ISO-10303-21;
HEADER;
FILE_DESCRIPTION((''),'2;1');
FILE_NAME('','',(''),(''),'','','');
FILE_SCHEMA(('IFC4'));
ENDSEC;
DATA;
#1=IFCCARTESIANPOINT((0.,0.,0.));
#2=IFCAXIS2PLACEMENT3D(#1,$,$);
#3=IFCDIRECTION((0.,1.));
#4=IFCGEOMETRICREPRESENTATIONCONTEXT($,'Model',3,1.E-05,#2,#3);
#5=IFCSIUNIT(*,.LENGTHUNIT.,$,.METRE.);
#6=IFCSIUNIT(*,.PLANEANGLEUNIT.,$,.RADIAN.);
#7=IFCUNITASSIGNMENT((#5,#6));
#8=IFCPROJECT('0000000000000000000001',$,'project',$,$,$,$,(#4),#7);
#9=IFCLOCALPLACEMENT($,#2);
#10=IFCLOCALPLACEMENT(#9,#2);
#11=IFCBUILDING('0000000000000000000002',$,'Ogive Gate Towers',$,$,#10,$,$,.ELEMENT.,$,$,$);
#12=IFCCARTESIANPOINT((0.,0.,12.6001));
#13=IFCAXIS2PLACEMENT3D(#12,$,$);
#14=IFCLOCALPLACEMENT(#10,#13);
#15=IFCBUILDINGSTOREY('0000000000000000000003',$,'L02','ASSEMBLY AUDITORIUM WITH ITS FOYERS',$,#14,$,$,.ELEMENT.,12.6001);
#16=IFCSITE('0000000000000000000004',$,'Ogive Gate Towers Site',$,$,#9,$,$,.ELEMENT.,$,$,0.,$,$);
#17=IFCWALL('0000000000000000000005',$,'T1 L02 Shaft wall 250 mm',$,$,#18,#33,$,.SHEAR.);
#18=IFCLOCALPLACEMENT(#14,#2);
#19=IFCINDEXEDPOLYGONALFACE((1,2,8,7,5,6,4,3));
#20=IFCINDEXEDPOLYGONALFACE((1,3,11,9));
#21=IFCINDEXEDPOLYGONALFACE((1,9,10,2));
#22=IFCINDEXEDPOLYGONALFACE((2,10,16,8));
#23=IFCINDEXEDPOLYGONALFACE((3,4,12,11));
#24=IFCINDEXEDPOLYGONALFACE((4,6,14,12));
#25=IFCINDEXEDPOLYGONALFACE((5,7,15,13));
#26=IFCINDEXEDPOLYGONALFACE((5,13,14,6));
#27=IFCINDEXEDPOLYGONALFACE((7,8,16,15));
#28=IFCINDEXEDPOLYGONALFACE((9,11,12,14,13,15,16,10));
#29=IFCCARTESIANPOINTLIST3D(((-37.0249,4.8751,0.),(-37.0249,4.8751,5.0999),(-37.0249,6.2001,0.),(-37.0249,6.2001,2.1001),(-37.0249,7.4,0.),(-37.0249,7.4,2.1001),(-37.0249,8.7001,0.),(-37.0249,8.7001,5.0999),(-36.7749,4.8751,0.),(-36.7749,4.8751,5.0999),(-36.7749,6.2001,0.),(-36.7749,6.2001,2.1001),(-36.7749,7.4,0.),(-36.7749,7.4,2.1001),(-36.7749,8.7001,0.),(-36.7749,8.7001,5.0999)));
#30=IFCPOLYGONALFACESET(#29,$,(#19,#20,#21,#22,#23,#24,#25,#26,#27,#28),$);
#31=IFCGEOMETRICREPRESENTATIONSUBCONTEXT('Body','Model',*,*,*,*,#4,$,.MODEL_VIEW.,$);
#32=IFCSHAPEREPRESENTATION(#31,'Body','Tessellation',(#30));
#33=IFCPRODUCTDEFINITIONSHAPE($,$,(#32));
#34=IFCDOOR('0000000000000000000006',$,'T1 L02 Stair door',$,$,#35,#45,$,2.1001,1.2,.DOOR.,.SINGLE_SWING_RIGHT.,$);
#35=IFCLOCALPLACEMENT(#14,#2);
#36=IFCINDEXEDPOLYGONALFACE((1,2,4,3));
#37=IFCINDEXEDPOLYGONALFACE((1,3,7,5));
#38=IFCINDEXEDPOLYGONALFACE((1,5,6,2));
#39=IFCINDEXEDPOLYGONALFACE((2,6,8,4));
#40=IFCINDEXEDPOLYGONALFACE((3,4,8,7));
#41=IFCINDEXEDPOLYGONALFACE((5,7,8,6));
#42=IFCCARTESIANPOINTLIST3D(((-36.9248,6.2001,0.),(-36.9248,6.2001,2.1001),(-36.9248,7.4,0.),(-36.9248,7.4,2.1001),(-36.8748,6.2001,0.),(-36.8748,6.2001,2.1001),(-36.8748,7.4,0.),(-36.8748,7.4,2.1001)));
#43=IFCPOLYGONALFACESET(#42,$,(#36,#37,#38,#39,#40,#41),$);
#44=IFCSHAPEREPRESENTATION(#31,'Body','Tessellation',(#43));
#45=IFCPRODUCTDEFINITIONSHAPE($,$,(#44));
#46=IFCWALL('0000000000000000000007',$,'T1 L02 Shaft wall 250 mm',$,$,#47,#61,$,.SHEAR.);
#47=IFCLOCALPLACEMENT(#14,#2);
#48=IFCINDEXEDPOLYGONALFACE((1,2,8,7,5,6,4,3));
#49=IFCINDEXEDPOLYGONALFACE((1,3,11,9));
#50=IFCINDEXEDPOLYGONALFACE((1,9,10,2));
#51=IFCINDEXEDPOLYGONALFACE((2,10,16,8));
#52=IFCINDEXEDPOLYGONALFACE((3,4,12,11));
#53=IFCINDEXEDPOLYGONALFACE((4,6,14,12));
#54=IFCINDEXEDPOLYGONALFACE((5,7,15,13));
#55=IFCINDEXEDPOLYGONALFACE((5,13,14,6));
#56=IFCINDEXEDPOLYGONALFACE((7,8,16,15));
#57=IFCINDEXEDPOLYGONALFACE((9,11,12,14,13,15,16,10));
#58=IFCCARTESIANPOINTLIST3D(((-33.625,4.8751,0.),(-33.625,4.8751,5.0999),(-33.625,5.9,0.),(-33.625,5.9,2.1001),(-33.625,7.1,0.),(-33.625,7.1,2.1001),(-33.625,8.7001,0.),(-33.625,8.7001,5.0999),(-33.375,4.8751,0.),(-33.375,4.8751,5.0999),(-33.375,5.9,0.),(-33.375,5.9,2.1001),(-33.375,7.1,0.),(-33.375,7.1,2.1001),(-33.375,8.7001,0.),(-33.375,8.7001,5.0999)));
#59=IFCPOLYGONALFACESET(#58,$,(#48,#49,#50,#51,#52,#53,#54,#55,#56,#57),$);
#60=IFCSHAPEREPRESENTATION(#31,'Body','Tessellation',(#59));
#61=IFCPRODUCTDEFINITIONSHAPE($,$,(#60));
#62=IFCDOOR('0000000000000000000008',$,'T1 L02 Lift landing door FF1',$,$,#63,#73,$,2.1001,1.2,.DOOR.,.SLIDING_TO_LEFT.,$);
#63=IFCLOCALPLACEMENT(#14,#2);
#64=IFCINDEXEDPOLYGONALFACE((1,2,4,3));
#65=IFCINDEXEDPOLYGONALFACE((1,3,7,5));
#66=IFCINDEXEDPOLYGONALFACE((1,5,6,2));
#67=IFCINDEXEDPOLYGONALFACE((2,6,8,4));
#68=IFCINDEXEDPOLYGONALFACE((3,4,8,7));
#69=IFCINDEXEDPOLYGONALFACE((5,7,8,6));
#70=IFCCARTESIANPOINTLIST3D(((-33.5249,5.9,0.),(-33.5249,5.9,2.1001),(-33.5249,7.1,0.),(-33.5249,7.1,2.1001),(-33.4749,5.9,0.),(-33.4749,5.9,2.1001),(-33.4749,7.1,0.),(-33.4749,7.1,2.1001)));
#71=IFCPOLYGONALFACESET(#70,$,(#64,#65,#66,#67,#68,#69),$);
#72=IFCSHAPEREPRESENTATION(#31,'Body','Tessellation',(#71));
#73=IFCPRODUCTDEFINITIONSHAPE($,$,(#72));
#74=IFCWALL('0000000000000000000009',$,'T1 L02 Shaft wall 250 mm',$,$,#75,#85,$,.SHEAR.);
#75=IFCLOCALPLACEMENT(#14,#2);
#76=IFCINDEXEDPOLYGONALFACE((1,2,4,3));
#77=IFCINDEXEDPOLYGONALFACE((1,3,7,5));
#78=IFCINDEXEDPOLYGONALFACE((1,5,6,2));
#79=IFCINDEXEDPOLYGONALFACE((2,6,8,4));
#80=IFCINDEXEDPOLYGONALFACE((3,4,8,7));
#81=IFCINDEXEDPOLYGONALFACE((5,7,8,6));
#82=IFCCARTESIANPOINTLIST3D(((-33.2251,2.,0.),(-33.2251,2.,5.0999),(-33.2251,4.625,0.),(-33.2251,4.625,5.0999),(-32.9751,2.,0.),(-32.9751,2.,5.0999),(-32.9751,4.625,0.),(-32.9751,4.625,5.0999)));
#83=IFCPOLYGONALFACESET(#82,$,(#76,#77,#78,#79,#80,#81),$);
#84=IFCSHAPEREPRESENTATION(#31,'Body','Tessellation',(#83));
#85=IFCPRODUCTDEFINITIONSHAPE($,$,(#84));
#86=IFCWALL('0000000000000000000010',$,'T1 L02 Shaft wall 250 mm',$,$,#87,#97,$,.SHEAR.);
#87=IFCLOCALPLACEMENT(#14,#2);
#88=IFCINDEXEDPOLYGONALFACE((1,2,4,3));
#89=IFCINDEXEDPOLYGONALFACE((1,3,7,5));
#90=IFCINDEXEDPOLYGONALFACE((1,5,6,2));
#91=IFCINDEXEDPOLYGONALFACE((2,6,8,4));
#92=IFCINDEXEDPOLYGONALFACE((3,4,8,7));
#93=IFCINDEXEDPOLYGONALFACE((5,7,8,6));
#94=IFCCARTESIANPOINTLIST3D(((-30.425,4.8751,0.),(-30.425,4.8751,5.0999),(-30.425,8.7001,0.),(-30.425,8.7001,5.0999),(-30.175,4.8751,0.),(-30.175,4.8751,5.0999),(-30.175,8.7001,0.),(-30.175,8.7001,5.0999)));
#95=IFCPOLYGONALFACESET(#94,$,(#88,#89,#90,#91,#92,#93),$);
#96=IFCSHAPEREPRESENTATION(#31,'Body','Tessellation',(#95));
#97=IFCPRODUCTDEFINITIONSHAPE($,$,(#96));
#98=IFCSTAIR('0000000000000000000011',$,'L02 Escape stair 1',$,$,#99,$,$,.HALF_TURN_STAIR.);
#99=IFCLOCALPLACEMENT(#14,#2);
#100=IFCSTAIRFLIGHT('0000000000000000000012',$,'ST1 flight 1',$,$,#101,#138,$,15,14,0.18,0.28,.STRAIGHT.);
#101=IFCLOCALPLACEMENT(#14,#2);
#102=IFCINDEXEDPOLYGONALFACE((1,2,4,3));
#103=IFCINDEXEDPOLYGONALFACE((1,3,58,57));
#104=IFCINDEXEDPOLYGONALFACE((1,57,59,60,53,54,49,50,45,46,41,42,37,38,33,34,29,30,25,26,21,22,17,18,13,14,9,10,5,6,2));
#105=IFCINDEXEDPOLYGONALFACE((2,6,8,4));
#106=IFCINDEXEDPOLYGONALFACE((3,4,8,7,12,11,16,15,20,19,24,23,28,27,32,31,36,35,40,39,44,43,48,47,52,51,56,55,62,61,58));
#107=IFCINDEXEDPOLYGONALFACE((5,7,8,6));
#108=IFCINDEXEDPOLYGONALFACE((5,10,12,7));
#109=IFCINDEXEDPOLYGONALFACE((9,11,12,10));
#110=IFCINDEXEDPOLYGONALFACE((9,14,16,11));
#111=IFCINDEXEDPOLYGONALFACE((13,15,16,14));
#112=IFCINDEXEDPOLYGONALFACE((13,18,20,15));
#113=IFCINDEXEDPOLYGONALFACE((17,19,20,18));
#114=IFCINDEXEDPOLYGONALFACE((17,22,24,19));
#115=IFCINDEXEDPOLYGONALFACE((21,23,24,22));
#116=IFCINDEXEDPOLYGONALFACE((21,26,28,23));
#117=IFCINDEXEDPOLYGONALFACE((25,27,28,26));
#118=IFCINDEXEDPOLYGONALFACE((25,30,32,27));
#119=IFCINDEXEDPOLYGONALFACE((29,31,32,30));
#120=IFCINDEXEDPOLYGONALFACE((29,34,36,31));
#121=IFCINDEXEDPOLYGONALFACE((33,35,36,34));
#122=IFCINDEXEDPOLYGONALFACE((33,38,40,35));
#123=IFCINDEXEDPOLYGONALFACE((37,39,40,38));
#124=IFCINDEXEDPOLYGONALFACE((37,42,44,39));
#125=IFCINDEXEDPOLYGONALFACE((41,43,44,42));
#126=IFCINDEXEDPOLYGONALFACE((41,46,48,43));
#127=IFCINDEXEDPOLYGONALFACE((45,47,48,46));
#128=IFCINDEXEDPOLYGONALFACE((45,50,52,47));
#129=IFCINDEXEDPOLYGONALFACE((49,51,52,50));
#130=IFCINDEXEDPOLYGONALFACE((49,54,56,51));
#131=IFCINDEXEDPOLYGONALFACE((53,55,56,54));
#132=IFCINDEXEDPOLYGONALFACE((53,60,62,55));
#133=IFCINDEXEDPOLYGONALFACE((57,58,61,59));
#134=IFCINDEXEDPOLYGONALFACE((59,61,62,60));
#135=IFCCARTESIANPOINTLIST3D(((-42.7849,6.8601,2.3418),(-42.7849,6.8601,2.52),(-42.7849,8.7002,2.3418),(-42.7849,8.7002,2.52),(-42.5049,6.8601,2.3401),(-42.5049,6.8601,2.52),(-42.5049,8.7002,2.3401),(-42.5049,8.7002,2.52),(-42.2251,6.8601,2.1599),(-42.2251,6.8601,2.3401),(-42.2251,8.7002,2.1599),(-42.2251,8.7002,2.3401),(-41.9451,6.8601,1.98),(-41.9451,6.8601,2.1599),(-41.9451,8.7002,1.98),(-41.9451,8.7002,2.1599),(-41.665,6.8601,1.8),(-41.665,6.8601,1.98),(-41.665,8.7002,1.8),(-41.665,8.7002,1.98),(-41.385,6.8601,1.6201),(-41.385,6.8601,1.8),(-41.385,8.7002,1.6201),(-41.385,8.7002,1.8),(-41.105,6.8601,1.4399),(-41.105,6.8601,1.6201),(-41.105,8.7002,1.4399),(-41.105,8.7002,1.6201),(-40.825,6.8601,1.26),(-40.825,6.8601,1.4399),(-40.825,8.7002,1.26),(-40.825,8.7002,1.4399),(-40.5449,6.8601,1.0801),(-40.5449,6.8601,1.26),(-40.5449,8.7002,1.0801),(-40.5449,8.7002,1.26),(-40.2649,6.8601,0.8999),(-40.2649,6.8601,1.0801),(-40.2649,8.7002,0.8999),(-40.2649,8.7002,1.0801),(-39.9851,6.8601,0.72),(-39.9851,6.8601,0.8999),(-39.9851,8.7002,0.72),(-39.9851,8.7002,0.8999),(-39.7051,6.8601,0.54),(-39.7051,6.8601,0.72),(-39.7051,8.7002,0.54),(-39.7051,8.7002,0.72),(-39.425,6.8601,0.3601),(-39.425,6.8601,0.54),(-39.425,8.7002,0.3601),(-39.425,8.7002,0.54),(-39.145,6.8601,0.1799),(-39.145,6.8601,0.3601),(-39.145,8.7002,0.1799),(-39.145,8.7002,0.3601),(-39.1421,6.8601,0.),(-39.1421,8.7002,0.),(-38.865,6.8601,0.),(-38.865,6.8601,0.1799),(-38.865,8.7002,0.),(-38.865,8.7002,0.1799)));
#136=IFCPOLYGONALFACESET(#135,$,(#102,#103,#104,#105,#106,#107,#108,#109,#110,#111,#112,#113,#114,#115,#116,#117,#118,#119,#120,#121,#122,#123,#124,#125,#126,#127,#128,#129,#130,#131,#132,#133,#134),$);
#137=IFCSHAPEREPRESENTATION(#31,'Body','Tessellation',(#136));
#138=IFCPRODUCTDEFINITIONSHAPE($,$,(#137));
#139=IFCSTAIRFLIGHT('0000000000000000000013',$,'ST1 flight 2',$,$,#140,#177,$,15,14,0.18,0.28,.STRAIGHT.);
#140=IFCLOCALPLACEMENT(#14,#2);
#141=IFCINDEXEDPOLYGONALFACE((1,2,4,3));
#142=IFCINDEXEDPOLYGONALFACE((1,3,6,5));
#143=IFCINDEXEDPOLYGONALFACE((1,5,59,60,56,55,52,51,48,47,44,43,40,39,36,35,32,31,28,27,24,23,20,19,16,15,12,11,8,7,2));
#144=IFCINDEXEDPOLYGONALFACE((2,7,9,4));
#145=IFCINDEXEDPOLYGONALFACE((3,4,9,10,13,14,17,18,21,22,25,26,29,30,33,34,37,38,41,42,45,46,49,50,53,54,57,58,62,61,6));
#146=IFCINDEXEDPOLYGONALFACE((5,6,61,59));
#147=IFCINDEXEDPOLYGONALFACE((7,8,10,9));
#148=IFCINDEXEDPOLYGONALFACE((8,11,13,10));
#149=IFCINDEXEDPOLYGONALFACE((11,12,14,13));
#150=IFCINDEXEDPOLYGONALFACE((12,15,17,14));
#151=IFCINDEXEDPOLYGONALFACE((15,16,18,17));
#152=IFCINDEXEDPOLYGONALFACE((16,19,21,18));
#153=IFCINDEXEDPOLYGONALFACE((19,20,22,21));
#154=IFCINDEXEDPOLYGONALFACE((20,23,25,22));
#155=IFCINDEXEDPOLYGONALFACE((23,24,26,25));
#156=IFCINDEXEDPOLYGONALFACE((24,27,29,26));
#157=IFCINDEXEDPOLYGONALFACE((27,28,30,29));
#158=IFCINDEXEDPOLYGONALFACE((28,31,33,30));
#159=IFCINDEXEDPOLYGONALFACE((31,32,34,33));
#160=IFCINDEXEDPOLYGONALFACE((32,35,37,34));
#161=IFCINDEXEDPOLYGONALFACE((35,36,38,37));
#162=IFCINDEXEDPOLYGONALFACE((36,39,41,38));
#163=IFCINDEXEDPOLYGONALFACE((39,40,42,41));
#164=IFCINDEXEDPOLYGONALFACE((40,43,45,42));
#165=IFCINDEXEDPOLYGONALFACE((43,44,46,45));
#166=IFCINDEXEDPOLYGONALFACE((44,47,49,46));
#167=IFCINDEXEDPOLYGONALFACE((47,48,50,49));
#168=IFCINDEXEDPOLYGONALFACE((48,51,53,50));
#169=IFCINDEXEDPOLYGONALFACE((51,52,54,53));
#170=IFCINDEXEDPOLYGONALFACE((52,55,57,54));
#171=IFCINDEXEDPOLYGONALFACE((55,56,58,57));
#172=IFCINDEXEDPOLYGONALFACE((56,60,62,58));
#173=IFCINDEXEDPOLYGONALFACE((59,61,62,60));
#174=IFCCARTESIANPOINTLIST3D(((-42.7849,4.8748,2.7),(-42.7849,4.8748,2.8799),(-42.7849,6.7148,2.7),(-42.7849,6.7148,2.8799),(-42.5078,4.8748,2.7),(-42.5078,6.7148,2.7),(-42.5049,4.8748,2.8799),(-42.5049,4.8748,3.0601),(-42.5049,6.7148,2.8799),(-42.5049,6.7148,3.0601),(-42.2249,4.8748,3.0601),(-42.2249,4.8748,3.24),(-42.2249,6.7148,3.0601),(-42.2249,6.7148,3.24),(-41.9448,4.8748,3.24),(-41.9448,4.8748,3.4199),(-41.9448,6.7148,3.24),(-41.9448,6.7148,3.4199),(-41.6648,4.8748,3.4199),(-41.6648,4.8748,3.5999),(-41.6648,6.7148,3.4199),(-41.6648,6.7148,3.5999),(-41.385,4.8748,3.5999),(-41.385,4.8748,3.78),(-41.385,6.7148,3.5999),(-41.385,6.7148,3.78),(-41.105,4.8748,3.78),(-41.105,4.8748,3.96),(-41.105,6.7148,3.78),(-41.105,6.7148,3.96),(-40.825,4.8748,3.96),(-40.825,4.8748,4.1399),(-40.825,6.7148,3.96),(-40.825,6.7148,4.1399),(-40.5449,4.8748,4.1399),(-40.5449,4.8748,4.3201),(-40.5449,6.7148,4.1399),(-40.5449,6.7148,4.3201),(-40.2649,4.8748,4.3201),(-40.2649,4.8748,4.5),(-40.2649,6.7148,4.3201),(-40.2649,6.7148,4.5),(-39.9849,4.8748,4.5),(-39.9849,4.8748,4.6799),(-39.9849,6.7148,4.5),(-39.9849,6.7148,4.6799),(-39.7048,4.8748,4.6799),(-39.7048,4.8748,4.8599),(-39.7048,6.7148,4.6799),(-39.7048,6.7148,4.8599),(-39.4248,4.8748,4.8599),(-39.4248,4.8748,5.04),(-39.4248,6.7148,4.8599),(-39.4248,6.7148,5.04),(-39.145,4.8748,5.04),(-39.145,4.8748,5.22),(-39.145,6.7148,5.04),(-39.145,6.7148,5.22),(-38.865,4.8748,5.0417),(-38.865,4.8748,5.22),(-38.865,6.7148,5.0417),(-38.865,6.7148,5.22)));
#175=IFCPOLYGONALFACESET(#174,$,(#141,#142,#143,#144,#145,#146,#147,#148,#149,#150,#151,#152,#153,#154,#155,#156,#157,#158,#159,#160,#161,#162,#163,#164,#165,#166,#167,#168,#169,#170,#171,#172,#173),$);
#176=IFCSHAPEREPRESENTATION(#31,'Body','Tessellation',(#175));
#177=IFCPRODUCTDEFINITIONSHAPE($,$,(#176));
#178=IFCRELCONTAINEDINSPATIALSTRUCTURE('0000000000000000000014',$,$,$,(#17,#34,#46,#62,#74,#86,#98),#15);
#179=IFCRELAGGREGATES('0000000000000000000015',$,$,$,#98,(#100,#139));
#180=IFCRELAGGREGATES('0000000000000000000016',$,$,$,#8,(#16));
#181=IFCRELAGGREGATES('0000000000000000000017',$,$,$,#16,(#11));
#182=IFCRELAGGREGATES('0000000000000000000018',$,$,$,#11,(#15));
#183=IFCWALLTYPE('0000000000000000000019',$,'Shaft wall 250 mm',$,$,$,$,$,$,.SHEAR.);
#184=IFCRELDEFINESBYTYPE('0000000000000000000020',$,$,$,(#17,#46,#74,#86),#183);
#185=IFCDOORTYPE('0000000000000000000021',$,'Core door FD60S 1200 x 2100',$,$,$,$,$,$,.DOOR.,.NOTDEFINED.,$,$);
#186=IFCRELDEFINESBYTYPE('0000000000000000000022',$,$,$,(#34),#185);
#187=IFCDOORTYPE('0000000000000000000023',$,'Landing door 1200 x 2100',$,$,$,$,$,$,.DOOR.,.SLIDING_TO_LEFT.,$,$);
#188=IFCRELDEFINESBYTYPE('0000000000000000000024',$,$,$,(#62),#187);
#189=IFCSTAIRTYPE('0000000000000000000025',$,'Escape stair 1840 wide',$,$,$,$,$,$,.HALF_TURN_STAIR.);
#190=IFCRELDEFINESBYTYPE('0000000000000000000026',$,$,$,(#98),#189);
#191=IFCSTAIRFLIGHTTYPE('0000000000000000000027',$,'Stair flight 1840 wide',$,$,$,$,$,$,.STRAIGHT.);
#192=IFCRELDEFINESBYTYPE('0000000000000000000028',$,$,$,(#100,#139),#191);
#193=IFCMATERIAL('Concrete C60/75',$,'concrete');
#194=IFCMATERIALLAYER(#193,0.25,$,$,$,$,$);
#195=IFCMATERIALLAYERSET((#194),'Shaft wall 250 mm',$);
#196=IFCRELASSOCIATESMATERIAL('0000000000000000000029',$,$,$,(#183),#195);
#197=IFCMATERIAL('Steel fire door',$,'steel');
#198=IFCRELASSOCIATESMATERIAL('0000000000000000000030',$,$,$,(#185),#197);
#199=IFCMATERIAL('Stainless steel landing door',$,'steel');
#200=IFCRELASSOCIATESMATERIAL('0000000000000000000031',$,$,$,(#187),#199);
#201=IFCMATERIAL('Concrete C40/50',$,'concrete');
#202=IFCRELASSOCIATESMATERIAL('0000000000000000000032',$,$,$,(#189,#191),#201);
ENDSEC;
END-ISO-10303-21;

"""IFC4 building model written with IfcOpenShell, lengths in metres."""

from ifc_helpers import new_model, si_unit, direction, frame, frame_2d, origin, place, context, subcontext, project, spatial, polyline, rectangle, outline, extrude, material, layer, layer_set, type_object, element, fill, aggregate, save


model = new_model("IFC4")

# Units and contexts
model_context = context("Model", 3, precision=1e-05, world=origin(), true_north=direction((0.0, 1.0)))
body_context = subcontext(model_context, "Body", "Model", "MODEL_VIEW")
ifc_project = project(units=[si_unit("LENGTHUNIT", "METRE"), si_unit("PLANEANGLEUNIT", "RADIAN")], contexts=[model_context])

# Site, building, storey
site_placement = place(None, origin())
site = spatial("IfcSite", under=ifc_project, at=site_placement, Name="Ogive Gate Towers Site", CompositionType="ELEMENT", RefElevation=0.0)
building_placement = place(site_placement, origin())
building = spatial("IfcBuilding", under=site, at=building_placement, Name="Ogive Gate Towers", CompositionType="ELEMENT")
storey_placement = place(building_placement, frame((0.0, 0.0, 12.6001)))
storey = spatial("IfcBuildingStorey", under=building, at=storey_placement, Name="L02", Description="ASSEMBLY AUDITORIUM WITH ITS FOYERS", CompositionType="ELEMENT", Elevation=12.6001)

# Shared definitions
ifc_material_1 = material(Name="Concrete C40/50", Category="concrete")

# Shared definitions
ifc_material_2 = material(Name="Concrete C60/75", Category="concrete")
ifc_layer_1 = layer(ifc_material_2, 0.25)
ifc_layer_set_1 = layer_set([ifc_layer_1], Name="Shaft wall 250 mm")
wall_type_1 = type_object("IfcWallType", Name="Shaft wall 250 mm", PredefinedType="SHEAR", material=ifc_layer_set_1)

# Walls, openings, doors
wall_1_placement = place(storey_placement, frame((-36.8999, 4.875, 0.0), z_axis=(0.0, 0.0, 1.0), x_axis=(0.0, 1.0, 0.0)))
wall_1 = element("IfcWall", 1, at=wall_1_placement, inside=storey, type_object=wall_type_1, Name="T1 L02 Shaft wall 250 mm", PredefinedType="SHEAR", context=body_context, shape_type="SweptSolid", body=[
    extrude(rectangle(XDim=3.825, YDim=0.25, at=frame_2d((1.9126, 0.0))), origin(), (0.0, 0.0, 1.0), 5.0999),
])
opening_1_placement = place(wall_1_placement, frame((1.325, 0.0, 0.0)))
opening_1 = element("IfcOpeningElement", 2, at=opening_1_placement, cuts=wall_1, PredefinedType="OPENING", context=body_context, shape_type="SweptSolid", body=[
    extrude(rectangle(XDim=1.2, YDim=2.1001, at=frame_2d((0.6001, 1.05))), frame((0.0, 0.135, 0.0), z_axis=(0.0, -1.0, 0.0), x_axis=(1.0, 0.0, 0.0)), (0.0, 0.0, 1.0), 0.27),
])
ifc_material_3 = material(Name="Steel fire door", Category="steel")
door_type_1 = type_object("IfcDoorType", Name="Core door FD60S 1200 x 2100", OperationType="NOTDEFINED", PredefinedType="DOOR", material=ifc_material_3)
door_1_placement = place(opening_1_placement, origin())
door_1 = element("IfcDoor", 3, at=door_1_placement, inside=storey, type_object=door_type_1, Name="T1 L02 Stair door", OperationType="SINGLE_SWING_RIGHT", OverallHeight=2.1001, OverallWidth=1.2, PredefinedType="DOOR", context=body_context, shape_type="SweptSolid", body=[
    extrude(rectangle(XDim=1.2, YDim=2.1001, at=frame_2d((0.6001, 1.05))), frame((0.0, 0.0249, 0.0), z_axis=(0.0, -1.0, 0.0), x_axis=(1.0, 0.0, 0.0)), (0.0, 0.0, 1.0), 0.05),
])
fill(opening_1, door_1)
wall_2_placement = place(storey_placement, frame((-33.5, 4.875, 0.0), z_axis=(0.0, 0.0, 1.0), x_axis=(0.0, 1.0, 0.0)))
wall_2 = element("IfcWall", 4, at=wall_2_placement, inside=storey, type_object=wall_type_1, Name="T1 L02 Shaft wall 250 mm", PredefinedType="SHEAR", context=body_context, shape_type="SweptSolid", body=[
    extrude(rectangle(XDim=3.825, YDim=0.25, at=frame_2d((1.9126, 0.0))), origin(), (0.0, 0.0, 1.0), 5.0999),
])
opening_2_placement = place(wall_2_placement, frame((1.0249, 0.0, 0.0)))
opening_2 = element("IfcOpeningElement", 5, at=opening_2_placement, cuts=wall_2, PredefinedType="OPENING", context=body_context, shape_type="SweptSolid", body=[
    extrude(rectangle(XDim=1.2, YDim=2.1001, at=frame_2d((0.6001, 1.05))), frame((0.0, 0.135, 0.0), z_axis=(0.0, -1.0, 0.0), x_axis=(1.0, 0.0, 0.0)), (0.0, 0.0, 1.0), 0.27),
])
ifc_material_4 = material(Name="Stainless steel landing door", Category="steel")
door_type_2 = type_object("IfcDoorType", Name="Landing door 1200 x 2100", OperationType="SLIDING_TO_LEFT", PredefinedType="DOOR", material=ifc_material_4)
door_2_placement = place(opening_2_placement, origin())
door_2 = element("IfcDoor", 6, at=door_2_placement, inside=storey, type_object=door_type_2, Name="T1 L02 Lift landing door FF1", OperationType="SLIDING_TO_LEFT", OverallHeight=2.1001, OverallWidth=1.2, PredefinedType="DOOR", context=body_context, shape_type="SweptSolid", body=[
    extrude(rectangle(XDim=1.2, YDim=2.1001, at=frame_2d((0.6001, 1.05))), frame((0.0, 0.0249, 0.0), z_axis=(0.0, -1.0, 0.0), x_axis=(1.0, 0.0, 0.0)), (0.0, 0.0, 1.0), 0.05),
])
fill(opening_2, door_2)

# Walls
wall_3_placement = place(storey_placement, frame((-33.1001, 2.0, 0.0), z_axis=(0.0, 0.0, 1.0), x_axis=(0.0, 1.0, 0.0)))
element("IfcWall", 7, at=wall_3_placement, inside=storey, type_object=wall_type_1, Name="T1 L02 Shaft wall 250 mm", PredefinedType="SHEAR", context=body_context, shape_type="SweptSolid", body=[
    extrude(rectangle(XDim=2.625, YDim=0.25, at=frame_2d((1.3125, 0.0))), origin(), (0.0, 0.0, 1.0), 5.0999),
])
wall_4_placement = place(storey_placement, frame((-30.3, 4.875, 0.0), z_axis=(0.0, 0.0, 1.0), x_axis=(0.0, 1.0, 0.0)))
element("IfcWall", 8, at=wall_4_placement, inside=storey, type_object=wall_type_1, Name="T1 L02 Shaft wall 250 mm", PredefinedType="SHEAR", context=body_context, shape_type="SweptSolid", body=[
    extrude(rectangle(XDim=3.825, YDim=0.25, at=frame_2d((1.9126, 0.0))), origin(), (0.0, 0.0, 1.0), 5.0999),
])

# Stair, stair flights
stair_type = type_object("IfcStairType", Name="Escape stair 1840 wide", PredefinedType="HALF_TURN_STAIR", material=ifc_material_1)
stair_placement = place(storey_placement, origin())
stair = element("IfcStair", 9, at=stair_placement, inside=storey, type_object=stair_type, Name="L02 Escape stair 1", PredefinedType="HALF_TURN_STAIR")
stair_flight_type = type_object("IfcStairFlightType", Name="Stair flight 1840 wide", PredefinedType="STRAIGHT", material=ifc_material_1)
stair_flight_1_placement = place(storey_placement, frame((-38.865, 7.78, 0.0), z_axis=(0.0, 0.0, 1.0), x_axis=(-1.0, 0.0, 0.0)))
stair_flight_1 = element("IfcStairFlight", 10, at=stair_flight_1_placement, type_object=stair_flight_type, Name="ST1 flight 1", NumberOfRisers=15, NumberOfTreads=14, PredefinedType="STRAIGHT", RiserHeight=0.18, TreadLength=0.28, context=body_context, shape_type="SweptSolid", body=[
    extrude(outline(polyline([(0.0, 0.0), (0.0, 0.1799), (0.28, 0.1799), (0.28, 0.3601), (0.5601, 0.3601), (0.5601, 0.54), (0.8401, 0.54), (0.8401, 0.72), (1.1201, 0.72), (1.1201, 0.8999), (1.3999, 0.8999), (1.3999, 1.0801), (1.6799, 1.0801), (1.6799, 1.26), (1.96, 1.26), (1.96, 1.4399), (2.24, 1.4399), (2.24, 1.6201), (2.52, 1.6201), (2.52, 1.8), (2.8, 1.8), (2.8, 1.98), (3.0801, 1.98), (3.0801, 2.1599), (3.3601, 2.1599), (3.3601, 2.3401), (3.6399, 2.3401), (3.6399, 2.52), (3.9199, 2.52), (3.9199, 2.7), (3.9199, 2.3418), (0.2771, 0.0), (0.0, 0.0)])), frame((0.0, 0.9199, 0.0), z_axis=(0.0, -1.0, 0.0), x_axis=(1.0, 0.0, 0.0)), (0.0, 0.0, 1.0), 1.8401),
])
stair_flight_2_placement = place(storey_placement, frame((-42.7849, 5.7949, 2.7), z_axis=(0.0, 0.0, 1.0), x_axis=(1.0, 0.0, 0.0)))
stair_flight_2 = element("IfcStairFlight", 11, at=stair_flight_2_placement, type_object=stair_flight_type, Name="ST1 flight 2", NumberOfRisers=15, NumberOfTreads=14, PredefinedType="STRAIGHT", RiserHeight=0.18, TreadLength=0.28, context=body_context, shape_type="SweptSolid", body=[
    extrude(outline(polyline([(0.0, 0.0), (0.0, 0.1799), (0.28, 0.1799), (0.28, 0.3601), (0.5601, 0.3601), (0.5601, 0.54), (0.8401, 0.54), (0.8401, 0.72), (1.1201, 0.72), (1.1201, 0.8999), (1.3999, 0.8999), (1.3999, 1.0801), (1.6799, 1.0801), (1.6799, 1.26), (1.96, 1.26), (1.96, 1.4399), (2.24, 1.4399), (2.24, 1.6201), (2.52, 1.6201), (2.52, 1.8), (2.8, 1.8), (2.8, 1.98), (3.0801, 1.98), (3.0801, 2.1599), (3.3601, 2.1599), (3.3601, 2.3401), (3.6399, 2.3401), (3.6399, 2.52), (3.9199, 2.52), (3.9199, 2.7), (3.9199, 2.3418), (0.2771, 0.0), (0.0, 0.0)])), frame((0.0, 0.9199, 0.0), z_axis=(0.0, -1.0, 0.0), x_axis=(1.0, 0.0, 0.0)), (0.0, 0.0, 1.0), 1.8401),
])
aggregate(stair, [stair_flight_1, stair_flight_2])

save(model, "model.ifc")
